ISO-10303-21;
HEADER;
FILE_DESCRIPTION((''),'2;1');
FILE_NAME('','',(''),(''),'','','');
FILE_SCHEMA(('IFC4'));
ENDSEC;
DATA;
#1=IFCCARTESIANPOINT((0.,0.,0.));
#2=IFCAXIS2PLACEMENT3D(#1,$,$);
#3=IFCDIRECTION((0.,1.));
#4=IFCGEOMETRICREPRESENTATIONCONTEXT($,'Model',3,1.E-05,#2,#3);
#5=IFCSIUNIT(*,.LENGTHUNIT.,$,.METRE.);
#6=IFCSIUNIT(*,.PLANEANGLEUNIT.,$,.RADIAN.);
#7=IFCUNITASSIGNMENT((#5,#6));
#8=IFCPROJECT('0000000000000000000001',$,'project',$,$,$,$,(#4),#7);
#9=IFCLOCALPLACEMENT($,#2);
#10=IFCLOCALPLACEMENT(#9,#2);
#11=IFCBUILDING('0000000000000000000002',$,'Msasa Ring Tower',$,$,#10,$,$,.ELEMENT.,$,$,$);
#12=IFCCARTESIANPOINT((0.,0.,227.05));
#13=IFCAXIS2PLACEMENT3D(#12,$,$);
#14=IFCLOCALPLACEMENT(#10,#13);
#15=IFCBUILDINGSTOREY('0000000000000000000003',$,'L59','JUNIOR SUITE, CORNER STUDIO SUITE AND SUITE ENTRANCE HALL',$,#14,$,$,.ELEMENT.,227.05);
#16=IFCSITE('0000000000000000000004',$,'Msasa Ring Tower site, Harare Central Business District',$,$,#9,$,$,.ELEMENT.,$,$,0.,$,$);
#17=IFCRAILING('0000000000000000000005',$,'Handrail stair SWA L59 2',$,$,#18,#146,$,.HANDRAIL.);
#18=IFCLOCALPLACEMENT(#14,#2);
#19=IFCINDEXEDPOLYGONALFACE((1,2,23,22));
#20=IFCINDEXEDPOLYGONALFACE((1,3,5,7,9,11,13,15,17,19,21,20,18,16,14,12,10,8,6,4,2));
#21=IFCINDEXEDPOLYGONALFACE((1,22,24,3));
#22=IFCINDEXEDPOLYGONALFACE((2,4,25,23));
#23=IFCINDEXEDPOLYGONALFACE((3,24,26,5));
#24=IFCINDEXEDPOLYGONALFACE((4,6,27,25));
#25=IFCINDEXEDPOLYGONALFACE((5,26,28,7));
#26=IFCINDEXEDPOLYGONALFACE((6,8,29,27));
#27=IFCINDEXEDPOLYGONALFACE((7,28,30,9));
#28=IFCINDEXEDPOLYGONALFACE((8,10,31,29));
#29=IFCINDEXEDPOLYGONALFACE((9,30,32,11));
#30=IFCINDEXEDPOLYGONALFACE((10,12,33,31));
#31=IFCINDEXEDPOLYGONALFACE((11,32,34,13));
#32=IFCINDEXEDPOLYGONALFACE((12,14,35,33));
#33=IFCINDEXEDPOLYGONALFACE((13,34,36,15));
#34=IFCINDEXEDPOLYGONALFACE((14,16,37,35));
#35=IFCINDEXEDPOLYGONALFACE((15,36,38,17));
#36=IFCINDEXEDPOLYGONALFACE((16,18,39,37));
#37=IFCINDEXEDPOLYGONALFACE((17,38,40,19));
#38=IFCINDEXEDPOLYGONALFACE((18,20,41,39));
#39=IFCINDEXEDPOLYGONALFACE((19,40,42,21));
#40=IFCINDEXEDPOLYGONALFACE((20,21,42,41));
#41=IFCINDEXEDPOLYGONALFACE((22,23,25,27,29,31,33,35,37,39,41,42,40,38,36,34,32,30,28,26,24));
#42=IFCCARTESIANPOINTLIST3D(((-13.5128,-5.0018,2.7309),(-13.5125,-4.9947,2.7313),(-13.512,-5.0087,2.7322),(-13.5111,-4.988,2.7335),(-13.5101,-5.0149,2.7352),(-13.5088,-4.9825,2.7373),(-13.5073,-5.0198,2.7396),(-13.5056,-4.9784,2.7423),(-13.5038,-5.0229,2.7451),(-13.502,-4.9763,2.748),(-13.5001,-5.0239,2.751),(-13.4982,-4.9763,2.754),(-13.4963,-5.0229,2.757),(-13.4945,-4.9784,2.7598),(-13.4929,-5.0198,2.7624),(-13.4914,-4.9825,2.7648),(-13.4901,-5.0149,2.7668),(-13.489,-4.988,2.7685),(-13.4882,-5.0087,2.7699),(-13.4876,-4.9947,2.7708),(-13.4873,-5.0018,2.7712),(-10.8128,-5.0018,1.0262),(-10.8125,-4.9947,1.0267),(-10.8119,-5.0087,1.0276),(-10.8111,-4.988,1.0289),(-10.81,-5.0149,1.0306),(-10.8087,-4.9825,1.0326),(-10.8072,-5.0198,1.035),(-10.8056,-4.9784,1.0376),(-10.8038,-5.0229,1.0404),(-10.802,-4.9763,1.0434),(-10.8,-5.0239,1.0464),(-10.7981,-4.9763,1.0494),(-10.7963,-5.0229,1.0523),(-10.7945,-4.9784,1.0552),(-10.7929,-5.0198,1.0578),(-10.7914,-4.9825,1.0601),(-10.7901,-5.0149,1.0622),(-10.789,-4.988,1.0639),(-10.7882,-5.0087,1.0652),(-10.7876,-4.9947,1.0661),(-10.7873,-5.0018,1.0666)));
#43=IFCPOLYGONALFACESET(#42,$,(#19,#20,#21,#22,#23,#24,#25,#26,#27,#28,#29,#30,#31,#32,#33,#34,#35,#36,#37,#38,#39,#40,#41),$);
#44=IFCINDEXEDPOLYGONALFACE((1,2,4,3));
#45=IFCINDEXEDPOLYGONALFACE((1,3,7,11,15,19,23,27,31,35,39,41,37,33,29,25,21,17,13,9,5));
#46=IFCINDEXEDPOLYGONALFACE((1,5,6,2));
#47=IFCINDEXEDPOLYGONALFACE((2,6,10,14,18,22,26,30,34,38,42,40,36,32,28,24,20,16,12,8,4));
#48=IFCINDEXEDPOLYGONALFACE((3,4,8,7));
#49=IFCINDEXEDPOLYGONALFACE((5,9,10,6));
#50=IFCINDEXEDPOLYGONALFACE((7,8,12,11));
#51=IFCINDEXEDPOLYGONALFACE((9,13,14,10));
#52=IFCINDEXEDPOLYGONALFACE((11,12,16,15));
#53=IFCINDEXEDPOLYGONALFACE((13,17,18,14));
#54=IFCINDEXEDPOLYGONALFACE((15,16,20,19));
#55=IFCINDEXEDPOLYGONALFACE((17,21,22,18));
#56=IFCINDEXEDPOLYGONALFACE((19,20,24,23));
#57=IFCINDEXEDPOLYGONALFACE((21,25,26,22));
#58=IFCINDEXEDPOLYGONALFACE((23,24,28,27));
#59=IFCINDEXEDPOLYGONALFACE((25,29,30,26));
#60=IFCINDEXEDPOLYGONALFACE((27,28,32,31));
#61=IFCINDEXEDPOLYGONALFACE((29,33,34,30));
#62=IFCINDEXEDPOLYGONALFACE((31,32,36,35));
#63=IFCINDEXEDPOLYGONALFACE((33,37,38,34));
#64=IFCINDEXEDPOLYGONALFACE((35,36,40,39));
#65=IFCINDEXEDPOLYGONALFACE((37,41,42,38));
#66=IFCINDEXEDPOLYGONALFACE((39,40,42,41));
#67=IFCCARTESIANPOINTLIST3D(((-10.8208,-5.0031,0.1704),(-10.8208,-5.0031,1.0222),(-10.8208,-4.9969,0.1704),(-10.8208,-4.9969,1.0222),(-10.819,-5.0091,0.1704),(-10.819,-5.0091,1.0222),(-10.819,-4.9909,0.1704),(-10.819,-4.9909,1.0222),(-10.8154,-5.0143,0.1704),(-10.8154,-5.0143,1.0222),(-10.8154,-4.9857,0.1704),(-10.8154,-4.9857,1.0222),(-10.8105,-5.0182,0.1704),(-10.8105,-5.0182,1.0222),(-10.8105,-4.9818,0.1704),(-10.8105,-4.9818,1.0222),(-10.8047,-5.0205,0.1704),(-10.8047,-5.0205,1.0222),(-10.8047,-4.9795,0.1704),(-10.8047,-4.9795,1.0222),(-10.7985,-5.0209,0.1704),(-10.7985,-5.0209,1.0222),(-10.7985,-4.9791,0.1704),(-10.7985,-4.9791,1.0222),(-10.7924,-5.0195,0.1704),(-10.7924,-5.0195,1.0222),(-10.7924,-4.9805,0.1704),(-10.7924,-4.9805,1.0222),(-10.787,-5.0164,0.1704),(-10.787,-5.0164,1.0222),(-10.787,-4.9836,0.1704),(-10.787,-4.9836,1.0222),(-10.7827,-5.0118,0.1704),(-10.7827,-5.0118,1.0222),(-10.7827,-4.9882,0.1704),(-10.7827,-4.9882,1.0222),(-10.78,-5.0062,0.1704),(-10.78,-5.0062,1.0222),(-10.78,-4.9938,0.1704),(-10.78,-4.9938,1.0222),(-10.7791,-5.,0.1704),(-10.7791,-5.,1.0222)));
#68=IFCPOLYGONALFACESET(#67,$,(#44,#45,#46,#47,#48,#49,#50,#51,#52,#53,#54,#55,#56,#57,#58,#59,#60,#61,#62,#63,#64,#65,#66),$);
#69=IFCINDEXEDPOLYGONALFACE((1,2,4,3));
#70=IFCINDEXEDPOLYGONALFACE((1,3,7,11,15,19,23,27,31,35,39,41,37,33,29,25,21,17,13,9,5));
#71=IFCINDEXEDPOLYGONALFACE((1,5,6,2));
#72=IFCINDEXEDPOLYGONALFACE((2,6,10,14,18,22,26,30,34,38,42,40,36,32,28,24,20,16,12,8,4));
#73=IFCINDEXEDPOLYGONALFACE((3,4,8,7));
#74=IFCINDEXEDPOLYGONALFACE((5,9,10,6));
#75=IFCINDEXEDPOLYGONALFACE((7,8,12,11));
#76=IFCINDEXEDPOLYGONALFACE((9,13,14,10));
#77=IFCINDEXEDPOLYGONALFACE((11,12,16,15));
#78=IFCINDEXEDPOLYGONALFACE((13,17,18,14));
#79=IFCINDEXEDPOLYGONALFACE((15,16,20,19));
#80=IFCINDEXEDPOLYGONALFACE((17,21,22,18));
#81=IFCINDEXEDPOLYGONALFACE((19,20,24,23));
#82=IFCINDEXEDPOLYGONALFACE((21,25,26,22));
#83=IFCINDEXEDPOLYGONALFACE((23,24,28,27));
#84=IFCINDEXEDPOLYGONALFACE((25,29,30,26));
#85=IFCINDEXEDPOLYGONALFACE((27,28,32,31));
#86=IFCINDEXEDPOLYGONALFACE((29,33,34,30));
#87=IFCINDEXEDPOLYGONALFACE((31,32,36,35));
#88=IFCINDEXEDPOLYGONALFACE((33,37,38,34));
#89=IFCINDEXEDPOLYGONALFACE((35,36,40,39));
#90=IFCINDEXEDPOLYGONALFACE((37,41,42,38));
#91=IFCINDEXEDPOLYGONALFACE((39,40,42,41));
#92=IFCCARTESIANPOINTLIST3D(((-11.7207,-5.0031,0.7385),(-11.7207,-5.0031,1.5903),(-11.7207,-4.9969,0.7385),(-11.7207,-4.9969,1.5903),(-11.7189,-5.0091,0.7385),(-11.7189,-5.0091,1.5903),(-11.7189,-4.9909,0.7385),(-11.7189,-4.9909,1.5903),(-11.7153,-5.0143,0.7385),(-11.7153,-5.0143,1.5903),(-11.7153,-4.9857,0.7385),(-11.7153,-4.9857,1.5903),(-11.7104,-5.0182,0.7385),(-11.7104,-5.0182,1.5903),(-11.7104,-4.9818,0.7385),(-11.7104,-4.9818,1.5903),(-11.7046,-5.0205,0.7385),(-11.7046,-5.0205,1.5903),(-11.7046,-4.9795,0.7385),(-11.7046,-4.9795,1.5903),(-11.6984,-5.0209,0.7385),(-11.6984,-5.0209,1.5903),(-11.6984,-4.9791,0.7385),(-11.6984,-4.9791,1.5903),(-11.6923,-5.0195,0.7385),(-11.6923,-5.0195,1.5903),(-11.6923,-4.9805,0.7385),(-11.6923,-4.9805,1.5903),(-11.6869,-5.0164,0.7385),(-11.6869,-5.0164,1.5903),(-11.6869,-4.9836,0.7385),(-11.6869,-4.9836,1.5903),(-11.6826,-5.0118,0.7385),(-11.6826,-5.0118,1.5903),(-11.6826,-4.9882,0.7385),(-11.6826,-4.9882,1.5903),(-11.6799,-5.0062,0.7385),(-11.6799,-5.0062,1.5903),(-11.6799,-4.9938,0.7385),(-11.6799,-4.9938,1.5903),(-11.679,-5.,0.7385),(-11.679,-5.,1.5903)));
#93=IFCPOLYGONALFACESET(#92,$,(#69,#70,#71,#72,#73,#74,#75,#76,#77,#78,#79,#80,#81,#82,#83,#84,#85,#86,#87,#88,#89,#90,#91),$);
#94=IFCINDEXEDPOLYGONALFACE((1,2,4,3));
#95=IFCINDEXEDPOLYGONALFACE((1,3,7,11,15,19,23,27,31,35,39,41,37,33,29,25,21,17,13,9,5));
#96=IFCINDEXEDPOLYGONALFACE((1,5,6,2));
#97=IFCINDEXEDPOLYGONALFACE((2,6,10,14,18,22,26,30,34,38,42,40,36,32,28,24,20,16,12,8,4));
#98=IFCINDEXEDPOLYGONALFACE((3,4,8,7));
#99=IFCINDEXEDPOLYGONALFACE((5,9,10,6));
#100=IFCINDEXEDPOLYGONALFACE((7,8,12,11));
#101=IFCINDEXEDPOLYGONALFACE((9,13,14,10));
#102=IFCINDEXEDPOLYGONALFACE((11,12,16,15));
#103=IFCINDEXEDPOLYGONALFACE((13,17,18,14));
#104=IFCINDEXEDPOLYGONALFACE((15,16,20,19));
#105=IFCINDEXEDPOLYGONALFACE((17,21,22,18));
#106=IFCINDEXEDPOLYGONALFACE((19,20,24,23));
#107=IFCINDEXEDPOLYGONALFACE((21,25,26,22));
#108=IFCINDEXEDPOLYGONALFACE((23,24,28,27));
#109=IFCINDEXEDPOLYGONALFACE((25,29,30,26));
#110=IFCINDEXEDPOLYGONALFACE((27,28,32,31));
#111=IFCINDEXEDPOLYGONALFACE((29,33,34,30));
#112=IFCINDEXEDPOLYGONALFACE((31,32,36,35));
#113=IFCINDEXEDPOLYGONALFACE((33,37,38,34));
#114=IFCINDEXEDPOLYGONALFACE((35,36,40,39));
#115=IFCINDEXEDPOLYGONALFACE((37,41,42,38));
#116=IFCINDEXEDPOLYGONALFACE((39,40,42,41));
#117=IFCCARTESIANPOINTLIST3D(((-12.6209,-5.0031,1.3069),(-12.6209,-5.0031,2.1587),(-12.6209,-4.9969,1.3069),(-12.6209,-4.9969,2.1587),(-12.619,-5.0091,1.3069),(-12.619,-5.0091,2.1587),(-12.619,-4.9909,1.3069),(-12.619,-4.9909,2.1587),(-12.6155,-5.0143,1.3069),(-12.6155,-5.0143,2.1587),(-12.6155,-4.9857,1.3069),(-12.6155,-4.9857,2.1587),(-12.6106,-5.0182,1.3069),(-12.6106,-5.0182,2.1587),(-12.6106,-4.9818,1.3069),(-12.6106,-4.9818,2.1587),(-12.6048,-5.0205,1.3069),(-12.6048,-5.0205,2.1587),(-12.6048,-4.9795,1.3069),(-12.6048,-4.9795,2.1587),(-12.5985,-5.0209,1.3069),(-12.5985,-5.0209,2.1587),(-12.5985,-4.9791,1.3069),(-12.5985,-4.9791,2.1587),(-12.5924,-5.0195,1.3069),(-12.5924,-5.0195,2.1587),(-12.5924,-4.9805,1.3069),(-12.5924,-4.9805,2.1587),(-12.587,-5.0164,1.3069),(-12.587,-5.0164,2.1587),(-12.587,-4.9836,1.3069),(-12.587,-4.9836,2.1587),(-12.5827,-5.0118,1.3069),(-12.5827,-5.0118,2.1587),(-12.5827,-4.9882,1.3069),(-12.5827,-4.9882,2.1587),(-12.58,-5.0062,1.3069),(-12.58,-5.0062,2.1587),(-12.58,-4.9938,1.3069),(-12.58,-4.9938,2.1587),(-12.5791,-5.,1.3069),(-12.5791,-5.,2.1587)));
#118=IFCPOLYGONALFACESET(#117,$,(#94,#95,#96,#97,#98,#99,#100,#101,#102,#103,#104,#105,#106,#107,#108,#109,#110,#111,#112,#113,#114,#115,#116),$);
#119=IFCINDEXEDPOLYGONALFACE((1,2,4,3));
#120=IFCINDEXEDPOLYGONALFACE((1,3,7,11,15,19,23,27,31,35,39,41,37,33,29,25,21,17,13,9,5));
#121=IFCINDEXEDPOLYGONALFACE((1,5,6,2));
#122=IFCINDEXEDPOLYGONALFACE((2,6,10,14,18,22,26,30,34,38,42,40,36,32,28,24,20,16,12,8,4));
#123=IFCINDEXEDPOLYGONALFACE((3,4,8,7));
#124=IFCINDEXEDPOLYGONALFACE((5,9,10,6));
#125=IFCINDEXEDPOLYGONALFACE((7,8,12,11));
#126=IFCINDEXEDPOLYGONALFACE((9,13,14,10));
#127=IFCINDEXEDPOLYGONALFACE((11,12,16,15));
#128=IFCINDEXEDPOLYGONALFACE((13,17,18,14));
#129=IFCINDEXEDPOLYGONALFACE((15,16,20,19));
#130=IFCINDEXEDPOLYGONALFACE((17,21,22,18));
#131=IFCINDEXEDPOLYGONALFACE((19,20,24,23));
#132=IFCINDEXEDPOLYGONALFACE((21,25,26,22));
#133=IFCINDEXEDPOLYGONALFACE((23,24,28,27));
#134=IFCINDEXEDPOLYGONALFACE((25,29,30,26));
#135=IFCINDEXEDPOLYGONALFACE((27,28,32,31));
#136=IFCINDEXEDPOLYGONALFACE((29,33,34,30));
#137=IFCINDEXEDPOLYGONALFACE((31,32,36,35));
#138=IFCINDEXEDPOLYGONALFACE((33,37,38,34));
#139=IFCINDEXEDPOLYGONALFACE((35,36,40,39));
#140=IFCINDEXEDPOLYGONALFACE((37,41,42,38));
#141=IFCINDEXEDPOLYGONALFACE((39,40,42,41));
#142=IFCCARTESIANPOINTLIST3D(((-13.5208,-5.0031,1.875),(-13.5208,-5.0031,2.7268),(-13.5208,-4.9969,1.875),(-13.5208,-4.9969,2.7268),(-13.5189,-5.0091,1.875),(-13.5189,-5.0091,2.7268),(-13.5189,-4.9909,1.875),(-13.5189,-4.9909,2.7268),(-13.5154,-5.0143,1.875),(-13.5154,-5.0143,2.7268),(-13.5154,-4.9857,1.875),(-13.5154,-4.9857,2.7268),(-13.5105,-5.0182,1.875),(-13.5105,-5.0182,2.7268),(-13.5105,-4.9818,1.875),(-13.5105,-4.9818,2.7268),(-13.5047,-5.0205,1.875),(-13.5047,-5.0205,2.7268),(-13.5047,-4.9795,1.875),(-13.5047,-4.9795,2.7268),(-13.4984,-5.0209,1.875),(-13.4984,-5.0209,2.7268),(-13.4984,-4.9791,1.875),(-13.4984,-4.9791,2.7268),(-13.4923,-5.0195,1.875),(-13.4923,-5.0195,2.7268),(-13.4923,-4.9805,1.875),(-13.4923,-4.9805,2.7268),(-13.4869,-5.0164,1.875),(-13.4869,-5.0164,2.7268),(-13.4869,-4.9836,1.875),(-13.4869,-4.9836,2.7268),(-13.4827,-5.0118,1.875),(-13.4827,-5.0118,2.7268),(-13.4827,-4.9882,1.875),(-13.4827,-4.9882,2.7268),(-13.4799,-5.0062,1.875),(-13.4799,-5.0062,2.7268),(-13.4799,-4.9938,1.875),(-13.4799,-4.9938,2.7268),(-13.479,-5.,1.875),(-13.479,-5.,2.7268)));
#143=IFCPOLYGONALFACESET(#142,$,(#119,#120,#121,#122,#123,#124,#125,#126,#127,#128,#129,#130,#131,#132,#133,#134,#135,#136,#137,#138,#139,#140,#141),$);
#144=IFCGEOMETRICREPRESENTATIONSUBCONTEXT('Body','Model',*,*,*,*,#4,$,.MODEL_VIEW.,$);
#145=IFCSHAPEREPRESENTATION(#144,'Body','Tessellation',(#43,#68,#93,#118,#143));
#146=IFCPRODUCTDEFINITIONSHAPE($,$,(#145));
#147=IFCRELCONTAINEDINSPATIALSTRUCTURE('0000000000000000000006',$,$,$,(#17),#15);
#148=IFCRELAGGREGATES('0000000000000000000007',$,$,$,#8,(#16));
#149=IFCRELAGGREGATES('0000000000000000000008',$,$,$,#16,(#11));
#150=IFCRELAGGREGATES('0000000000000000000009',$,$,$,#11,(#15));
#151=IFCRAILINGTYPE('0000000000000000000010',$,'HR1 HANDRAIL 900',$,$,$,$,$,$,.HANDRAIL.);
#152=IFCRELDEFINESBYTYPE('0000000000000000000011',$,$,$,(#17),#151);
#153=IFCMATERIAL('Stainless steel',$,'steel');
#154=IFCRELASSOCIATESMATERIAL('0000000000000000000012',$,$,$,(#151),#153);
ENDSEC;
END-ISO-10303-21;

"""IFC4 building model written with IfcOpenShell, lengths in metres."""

from ifc_helpers import new_model, si_unit, direction, frame, origin, origin_2d, place, context, subcontext, project, spatial, circle, extrude, material, type_object, element, save


model = new_model("IFC4")

# Units and contexts
model_context = context("Model", 3, precision=1e-05, world=origin(), true_north=direction((0.0, 1.0)))
body_context = subcontext(model_context, "Body", "Model", "MODEL_VIEW")
ifc_project = project(units=[si_unit("LENGTHUNIT", "METRE"), si_unit("PLANEANGLEUNIT", "RADIAN")], contexts=[model_context])

# Site, building, storey
site_placement = place(None, origin())
site = spatial("IfcSite", under=ifc_project, at=site_placement, Name="Msasa Ring Tower site, Harare Central Business District", CompositionType="ELEMENT", RefElevation=0.0)
building_placement = place(site_placement, origin())
building = spatial("IfcBuilding", under=site, at=building_placement, Name="Msasa Ring Tower", CompositionType="ELEMENT")
storey_placement = place(building_placement, frame((0.0, 0.0, 227.05)))
storey = spatial("IfcBuildingStorey", under=building, at=storey_placement, Name="L59", Description="JUNIOR SUITE, CORNER STUDIO SUITE AND SUITE ENTRANCE HALL", CompositionType="ELEMENT", Elevation=227.05)

# Railing
ifc_material_1 = material(Name="Stainless steel", Category="steel")
railing_type = type_object("IfcRailingType", Name="HR1 HANDRAIL 900", PredefinedType="HANDRAIL", material=ifc_material_1)
for number, where, name in (
    (1, (-10.8, -5.0, 0.1704), "Handrail stair SWA L59 2"),
):
    element("IfcRailing", number, at=place(storey_placement, frame(where)), inside=storey, type_object=railing_type, Name=name, PredefinedType="HANDRAIL", context=body_context, shape_type="SweptSolid", body=[
        extrude(circle(Radius=0.0239, at=origin_2d()), frame((0.0, 0.0, 0.876), z_axis=(-0.84558, 0.0, 0.533849), x_axis=(0.0, -1.0, 0.0)), (0.0, 0.0, 1.0), 3.1931),
        extrude(circle(Radius=0.021, at=origin_2d()), origin(), (0.0, 0.0, 1.0), 0.8518),
        extrude(circle(Radius=0.021, at=origin_2d()), frame((-0.8999, 0.0, 0.5681)), (0.0, 0.0, 1.0), 0.8518),
        extrude(circle(Radius=0.021, at=origin_2d()), frame((-1.8, 0.0, 1.1365)), (0.0, 0.0, 1.0), 0.8518),
        extrude(circle(Radius=0.021, at=origin_2d()), frame((-2.7, 0.0, 1.7046)), (0.0, 0.0, 1.0), 0.8518),
    ])

save(model, "model.ifc")
